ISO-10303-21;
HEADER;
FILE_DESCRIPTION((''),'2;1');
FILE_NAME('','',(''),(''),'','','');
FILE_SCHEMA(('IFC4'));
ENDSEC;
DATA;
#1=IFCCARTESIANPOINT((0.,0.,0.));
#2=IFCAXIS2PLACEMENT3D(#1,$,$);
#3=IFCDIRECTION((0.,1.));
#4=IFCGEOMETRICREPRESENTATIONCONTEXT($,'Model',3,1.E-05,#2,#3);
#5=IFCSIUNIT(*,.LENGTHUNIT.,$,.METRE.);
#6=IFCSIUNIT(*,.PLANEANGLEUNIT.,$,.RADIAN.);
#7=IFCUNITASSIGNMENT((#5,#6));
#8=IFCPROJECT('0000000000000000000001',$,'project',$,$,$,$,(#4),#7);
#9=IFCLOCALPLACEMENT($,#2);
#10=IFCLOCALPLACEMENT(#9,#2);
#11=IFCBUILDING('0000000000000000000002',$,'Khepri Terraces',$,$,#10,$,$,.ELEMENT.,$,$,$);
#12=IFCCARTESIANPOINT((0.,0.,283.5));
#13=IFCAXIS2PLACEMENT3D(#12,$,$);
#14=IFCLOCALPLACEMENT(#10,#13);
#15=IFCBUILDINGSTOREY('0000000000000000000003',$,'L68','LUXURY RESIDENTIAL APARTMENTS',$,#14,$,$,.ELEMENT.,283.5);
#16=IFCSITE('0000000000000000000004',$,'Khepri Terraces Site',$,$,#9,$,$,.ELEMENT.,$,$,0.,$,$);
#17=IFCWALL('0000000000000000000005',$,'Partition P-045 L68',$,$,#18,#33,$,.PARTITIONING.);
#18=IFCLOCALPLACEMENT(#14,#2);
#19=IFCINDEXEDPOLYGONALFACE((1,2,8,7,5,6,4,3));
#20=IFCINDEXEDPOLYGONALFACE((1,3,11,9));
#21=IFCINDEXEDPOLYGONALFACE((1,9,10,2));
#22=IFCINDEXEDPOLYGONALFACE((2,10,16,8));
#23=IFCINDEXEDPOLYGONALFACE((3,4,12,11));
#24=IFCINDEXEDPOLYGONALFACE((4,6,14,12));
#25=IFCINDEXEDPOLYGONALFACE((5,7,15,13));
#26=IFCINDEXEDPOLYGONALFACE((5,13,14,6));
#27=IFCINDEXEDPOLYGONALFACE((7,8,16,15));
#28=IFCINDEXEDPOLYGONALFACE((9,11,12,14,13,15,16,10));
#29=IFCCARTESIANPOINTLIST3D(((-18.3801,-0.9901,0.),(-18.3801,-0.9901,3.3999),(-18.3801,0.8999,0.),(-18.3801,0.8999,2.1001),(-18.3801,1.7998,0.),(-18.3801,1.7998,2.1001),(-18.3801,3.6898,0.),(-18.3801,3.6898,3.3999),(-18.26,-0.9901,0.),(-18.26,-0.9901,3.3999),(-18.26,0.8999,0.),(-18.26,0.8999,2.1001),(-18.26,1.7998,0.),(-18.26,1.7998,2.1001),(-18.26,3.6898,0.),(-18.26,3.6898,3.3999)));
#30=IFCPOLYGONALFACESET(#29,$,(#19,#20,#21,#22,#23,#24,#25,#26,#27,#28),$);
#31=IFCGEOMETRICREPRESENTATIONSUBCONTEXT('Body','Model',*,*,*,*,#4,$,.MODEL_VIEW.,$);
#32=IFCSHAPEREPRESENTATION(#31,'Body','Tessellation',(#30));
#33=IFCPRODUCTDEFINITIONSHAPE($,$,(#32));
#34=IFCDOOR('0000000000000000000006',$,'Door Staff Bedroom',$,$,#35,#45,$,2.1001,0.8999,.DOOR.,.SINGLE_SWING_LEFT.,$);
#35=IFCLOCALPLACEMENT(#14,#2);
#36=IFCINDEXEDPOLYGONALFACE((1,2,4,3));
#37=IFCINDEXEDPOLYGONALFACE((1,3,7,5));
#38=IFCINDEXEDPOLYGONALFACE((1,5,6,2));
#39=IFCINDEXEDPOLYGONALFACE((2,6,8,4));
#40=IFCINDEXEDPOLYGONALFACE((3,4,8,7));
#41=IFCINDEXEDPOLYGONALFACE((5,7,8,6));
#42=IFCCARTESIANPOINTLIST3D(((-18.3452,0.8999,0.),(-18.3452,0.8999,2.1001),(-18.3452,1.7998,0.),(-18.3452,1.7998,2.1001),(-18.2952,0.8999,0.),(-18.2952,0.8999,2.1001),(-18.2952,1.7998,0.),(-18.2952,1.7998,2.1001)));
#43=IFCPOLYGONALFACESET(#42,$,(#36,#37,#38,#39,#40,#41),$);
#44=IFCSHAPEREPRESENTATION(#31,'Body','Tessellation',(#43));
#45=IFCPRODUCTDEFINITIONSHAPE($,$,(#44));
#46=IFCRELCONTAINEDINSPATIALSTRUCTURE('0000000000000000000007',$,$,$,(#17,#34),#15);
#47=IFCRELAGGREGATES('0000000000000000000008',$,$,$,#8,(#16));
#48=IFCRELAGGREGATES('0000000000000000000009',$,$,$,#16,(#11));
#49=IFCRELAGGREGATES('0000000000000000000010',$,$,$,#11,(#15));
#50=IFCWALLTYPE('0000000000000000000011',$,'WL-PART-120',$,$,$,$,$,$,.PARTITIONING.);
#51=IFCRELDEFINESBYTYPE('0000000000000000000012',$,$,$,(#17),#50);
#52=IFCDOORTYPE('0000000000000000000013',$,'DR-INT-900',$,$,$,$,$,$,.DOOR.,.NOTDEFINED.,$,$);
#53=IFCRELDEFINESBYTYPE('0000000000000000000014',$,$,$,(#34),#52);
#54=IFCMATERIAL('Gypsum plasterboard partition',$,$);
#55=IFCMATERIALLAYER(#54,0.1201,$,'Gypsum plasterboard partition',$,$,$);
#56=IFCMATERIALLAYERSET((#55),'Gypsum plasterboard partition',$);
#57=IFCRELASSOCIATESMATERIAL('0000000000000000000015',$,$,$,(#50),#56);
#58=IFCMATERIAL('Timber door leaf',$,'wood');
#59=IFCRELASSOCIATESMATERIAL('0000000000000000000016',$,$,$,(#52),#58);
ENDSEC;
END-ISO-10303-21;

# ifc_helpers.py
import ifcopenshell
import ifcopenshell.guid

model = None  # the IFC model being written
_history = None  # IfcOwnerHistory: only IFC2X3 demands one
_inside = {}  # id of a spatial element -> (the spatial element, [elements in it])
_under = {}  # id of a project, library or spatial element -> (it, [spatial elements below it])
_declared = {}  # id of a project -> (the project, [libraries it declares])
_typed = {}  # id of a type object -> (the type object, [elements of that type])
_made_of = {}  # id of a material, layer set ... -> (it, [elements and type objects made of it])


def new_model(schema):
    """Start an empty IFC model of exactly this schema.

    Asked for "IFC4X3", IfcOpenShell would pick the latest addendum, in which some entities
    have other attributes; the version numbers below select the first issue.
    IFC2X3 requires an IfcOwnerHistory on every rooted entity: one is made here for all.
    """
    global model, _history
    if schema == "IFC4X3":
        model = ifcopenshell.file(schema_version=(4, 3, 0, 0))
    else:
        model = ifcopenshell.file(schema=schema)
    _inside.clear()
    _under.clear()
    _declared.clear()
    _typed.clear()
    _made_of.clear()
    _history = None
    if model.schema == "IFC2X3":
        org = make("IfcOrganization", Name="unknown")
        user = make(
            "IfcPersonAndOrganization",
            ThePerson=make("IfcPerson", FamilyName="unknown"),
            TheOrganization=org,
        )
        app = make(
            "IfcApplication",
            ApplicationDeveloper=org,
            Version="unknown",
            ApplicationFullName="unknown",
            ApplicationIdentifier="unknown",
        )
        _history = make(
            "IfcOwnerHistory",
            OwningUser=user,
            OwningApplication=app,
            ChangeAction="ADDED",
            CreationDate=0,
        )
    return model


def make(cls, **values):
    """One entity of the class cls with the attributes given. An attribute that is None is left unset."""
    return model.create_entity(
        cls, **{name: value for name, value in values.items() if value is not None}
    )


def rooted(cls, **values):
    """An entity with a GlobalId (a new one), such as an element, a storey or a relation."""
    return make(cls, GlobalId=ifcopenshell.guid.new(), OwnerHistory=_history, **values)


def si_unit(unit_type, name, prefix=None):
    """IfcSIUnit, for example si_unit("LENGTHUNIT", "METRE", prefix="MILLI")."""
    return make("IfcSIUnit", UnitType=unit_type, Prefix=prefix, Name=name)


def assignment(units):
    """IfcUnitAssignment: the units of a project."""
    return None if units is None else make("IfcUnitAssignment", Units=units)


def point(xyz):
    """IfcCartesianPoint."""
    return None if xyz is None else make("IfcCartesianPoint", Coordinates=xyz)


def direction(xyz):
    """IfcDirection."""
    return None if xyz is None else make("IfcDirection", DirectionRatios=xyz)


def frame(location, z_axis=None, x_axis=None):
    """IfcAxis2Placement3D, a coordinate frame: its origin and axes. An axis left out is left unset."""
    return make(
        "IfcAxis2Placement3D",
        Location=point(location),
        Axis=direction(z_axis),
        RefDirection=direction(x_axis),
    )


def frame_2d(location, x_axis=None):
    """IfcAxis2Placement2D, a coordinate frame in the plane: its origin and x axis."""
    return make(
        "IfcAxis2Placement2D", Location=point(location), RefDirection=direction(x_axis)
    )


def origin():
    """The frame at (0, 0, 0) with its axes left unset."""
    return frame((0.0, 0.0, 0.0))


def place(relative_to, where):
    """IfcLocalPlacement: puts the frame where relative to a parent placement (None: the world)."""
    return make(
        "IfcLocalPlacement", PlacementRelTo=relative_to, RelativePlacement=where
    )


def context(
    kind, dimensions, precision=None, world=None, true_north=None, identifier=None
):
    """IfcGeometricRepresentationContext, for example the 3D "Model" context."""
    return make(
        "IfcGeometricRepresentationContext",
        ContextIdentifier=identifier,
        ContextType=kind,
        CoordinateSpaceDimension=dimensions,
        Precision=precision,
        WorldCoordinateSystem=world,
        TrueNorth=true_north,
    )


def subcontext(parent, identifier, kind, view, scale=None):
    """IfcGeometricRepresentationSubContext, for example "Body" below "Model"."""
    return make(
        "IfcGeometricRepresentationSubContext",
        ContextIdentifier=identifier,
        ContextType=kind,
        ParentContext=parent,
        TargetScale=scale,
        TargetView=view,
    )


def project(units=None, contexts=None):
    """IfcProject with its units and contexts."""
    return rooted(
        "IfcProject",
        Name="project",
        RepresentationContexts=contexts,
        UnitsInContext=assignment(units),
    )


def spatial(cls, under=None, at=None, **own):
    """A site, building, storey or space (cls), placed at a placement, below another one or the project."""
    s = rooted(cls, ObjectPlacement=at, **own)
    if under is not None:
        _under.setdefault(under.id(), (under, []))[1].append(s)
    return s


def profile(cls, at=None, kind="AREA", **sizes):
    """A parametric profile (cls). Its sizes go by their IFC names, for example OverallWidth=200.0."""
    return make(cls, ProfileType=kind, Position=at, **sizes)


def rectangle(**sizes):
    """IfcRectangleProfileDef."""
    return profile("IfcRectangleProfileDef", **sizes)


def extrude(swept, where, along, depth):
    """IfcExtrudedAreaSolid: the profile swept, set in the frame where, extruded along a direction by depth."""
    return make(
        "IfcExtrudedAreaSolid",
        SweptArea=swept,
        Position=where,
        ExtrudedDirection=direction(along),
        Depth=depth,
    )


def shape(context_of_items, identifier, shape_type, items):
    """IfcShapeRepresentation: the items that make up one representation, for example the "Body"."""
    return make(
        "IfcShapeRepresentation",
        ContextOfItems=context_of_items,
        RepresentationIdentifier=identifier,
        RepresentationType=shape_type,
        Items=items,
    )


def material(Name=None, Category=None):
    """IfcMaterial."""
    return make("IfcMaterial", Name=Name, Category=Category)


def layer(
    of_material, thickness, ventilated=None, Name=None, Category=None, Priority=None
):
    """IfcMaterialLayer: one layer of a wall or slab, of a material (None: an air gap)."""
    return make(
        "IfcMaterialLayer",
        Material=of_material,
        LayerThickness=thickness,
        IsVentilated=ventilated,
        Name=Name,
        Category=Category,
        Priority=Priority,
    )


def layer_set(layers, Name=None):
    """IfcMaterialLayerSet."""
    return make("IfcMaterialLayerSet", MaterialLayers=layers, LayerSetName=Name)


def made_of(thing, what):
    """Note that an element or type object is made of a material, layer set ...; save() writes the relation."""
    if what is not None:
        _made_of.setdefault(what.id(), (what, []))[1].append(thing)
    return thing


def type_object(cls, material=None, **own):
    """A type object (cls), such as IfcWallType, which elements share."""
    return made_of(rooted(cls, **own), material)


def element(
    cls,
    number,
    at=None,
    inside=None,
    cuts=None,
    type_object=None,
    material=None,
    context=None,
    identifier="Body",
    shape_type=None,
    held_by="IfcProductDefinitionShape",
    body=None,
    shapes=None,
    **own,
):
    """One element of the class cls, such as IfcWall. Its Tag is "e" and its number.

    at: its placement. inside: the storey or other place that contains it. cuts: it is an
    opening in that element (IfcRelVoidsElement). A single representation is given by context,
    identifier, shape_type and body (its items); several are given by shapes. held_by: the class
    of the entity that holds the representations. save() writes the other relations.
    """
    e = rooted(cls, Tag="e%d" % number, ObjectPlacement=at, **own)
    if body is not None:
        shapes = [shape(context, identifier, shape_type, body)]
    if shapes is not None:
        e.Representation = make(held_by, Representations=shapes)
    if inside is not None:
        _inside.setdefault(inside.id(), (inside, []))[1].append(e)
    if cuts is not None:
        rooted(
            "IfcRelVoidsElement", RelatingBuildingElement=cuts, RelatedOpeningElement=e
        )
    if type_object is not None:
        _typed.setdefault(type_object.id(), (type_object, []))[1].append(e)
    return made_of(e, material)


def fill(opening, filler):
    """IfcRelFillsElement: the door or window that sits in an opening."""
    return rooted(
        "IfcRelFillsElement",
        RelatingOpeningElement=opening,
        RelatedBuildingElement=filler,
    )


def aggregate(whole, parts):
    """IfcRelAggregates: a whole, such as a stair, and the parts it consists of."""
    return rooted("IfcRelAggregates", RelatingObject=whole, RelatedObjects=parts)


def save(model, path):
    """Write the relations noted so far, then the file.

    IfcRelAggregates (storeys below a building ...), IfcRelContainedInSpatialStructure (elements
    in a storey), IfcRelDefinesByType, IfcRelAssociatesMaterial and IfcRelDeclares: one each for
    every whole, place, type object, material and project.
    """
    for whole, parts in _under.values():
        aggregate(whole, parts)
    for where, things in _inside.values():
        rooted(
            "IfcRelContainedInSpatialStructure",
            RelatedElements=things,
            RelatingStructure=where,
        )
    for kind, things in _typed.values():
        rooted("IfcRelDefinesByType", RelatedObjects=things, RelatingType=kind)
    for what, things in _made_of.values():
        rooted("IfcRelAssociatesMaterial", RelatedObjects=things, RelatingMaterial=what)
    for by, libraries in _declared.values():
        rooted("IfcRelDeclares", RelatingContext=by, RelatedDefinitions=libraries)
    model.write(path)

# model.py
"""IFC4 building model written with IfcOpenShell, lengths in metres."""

from ifc_helpers import new_model, si_unit, direction, frame, frame_2d, origin, place, context, subcontext, project, spatial, rectangle, extrude, material, layer, layer_set, type_object, element, fill, save


model = new_model("IFC4")

# Units and contexts
model_context = context("Model", 3, precision=1e-05, world=origin(), true_north=direction((0.0, 1.0)))
body_context = subcontext(model_context, "Body", "Model", "MODEL_VIEW")
ifc_project = project(units=[si_unit("LENGTHUNIT", "METRE"), si_unit("PLANEANGLEUNIT", "RADIAN")], contexts=[model_context])

# Site, building, storey
site_placement = place(None, origin())
site = spatial("IfcSite", under=ifc_project, at=site_placement, Name="Khepri Terraces Site", CompositionType="ELEMENT", RefElevation=0.0)
building_placement = place(site_placement, origin())
building = spatial("IfcBuilding", under=site, at=building_placement, Name="Khepri Terraces", CompositionType="ELEMENT")
storey_placement = place(building_placement, frame((0.0, 0.0, 283.5)))
storey = spatial("IfcBuildingStorey", under=building, at=storey_placement, Name="L68", Description="LUXURY RESIDENTIAL APARTMENTS", CompositionType="ELEMENT", Elevation=283.5)

# Shared definitions
ifc_material_1 = material(Name="Gypsum plasterboard partition")
ifc_layer_1 = layer(ifc_material_1, 0.1201, Name="Gypsum plasterboard partition")
ifc_layer_set_1 = layer_set([ifc_layer_1], Name="Gypsum plasterboard partition")
wall_type_1 = type_object("IfcWallType", Name="WL-PART-120", PredefinedType="PARTITIONING", material=ifc_layer_set_1)

# Shared definitions
ifc_material_2 = material(Name="Timber door leaf", Category="wood")
door_type_1 = type_object("IfcDoorType", Name="DR-INT-900", OperationType="NOTDEFINED", PredefinedType="DOOR", material=ifc_material_2)

# Wall, opening, door
wall_1_placement = place(storey_placement, frame((-18.3201, -0.99, 0.0), z_axis=(0.0, 0.0, 1.0), x_axis=(0.0, 1.0, 0.0)))
wall_1 = element("IfcWall", 1, at=wall_1_placement, inside=storey, type_object=wall_type_1, Name="Partition P-045 L68", PredefinedType="PARTITIONING", context=body_context, shape_type="SweptSolid", body=[
    extrude(rectangle(XDim=4.6799, YDim=0.1201, at=frame_2d((2.3398, 0.0))), origin(), (0.0, 0.0, 1.0), 3.3999),
])
opening_1_placement = place(wall_1_placement, frame((1.8899, 0.0, 0.0)))
opening_1 = element("IfcOpeningElement", 2, at=opening_1_placement, cuts=wall_1, PredefinedType="OPENING", context=body_context, shape_type="SweptSolid", body=[
    extrude(rectangle(XDim=0.8999, YDim=2.1001, at=frame_2d((0.45, 1.05))), frame((0.0, 0.0701, 0.0), z_axis=(0.0, -1.0, 0.0), x_axis=(1.0, 0.0, 0.0)), (0.0, 0.0, 1.0), 0.1401),
])
door_1_placement = place(opening_1_placement, frame((0.8999, 0.0, 0.0), z_axis=(0.0, 0.0, 1.0), x_axis=(-1.0, 0.0, 0.0)))
door_1 = element("IfcDoor", 3, at=door_1_placement, inside=storey, type_object=door_type_1, Name="Door Staff Bedroom", OperationType="SINGLE_SWING_LEFT", OverallHeight=2.1001, OverallWidth=0.8999, PredefinedType="DOOR", context=body_context, shape_type="SweptSolid", body=[
    extrude(rectangle(XDim=0.8999, YDim=2.1001, at=frame_2d((0.45, 1.05))), frame((0.0, 0.0249, 0.0), z_axis=(0.0, -1.0, 0.0), x_axis=(1.0, 0.0, 0.0)), (0.0, 0.0, 1.0), 0.05),
])
fill(opening_1, door_1)

save(model, "model.ifc")
